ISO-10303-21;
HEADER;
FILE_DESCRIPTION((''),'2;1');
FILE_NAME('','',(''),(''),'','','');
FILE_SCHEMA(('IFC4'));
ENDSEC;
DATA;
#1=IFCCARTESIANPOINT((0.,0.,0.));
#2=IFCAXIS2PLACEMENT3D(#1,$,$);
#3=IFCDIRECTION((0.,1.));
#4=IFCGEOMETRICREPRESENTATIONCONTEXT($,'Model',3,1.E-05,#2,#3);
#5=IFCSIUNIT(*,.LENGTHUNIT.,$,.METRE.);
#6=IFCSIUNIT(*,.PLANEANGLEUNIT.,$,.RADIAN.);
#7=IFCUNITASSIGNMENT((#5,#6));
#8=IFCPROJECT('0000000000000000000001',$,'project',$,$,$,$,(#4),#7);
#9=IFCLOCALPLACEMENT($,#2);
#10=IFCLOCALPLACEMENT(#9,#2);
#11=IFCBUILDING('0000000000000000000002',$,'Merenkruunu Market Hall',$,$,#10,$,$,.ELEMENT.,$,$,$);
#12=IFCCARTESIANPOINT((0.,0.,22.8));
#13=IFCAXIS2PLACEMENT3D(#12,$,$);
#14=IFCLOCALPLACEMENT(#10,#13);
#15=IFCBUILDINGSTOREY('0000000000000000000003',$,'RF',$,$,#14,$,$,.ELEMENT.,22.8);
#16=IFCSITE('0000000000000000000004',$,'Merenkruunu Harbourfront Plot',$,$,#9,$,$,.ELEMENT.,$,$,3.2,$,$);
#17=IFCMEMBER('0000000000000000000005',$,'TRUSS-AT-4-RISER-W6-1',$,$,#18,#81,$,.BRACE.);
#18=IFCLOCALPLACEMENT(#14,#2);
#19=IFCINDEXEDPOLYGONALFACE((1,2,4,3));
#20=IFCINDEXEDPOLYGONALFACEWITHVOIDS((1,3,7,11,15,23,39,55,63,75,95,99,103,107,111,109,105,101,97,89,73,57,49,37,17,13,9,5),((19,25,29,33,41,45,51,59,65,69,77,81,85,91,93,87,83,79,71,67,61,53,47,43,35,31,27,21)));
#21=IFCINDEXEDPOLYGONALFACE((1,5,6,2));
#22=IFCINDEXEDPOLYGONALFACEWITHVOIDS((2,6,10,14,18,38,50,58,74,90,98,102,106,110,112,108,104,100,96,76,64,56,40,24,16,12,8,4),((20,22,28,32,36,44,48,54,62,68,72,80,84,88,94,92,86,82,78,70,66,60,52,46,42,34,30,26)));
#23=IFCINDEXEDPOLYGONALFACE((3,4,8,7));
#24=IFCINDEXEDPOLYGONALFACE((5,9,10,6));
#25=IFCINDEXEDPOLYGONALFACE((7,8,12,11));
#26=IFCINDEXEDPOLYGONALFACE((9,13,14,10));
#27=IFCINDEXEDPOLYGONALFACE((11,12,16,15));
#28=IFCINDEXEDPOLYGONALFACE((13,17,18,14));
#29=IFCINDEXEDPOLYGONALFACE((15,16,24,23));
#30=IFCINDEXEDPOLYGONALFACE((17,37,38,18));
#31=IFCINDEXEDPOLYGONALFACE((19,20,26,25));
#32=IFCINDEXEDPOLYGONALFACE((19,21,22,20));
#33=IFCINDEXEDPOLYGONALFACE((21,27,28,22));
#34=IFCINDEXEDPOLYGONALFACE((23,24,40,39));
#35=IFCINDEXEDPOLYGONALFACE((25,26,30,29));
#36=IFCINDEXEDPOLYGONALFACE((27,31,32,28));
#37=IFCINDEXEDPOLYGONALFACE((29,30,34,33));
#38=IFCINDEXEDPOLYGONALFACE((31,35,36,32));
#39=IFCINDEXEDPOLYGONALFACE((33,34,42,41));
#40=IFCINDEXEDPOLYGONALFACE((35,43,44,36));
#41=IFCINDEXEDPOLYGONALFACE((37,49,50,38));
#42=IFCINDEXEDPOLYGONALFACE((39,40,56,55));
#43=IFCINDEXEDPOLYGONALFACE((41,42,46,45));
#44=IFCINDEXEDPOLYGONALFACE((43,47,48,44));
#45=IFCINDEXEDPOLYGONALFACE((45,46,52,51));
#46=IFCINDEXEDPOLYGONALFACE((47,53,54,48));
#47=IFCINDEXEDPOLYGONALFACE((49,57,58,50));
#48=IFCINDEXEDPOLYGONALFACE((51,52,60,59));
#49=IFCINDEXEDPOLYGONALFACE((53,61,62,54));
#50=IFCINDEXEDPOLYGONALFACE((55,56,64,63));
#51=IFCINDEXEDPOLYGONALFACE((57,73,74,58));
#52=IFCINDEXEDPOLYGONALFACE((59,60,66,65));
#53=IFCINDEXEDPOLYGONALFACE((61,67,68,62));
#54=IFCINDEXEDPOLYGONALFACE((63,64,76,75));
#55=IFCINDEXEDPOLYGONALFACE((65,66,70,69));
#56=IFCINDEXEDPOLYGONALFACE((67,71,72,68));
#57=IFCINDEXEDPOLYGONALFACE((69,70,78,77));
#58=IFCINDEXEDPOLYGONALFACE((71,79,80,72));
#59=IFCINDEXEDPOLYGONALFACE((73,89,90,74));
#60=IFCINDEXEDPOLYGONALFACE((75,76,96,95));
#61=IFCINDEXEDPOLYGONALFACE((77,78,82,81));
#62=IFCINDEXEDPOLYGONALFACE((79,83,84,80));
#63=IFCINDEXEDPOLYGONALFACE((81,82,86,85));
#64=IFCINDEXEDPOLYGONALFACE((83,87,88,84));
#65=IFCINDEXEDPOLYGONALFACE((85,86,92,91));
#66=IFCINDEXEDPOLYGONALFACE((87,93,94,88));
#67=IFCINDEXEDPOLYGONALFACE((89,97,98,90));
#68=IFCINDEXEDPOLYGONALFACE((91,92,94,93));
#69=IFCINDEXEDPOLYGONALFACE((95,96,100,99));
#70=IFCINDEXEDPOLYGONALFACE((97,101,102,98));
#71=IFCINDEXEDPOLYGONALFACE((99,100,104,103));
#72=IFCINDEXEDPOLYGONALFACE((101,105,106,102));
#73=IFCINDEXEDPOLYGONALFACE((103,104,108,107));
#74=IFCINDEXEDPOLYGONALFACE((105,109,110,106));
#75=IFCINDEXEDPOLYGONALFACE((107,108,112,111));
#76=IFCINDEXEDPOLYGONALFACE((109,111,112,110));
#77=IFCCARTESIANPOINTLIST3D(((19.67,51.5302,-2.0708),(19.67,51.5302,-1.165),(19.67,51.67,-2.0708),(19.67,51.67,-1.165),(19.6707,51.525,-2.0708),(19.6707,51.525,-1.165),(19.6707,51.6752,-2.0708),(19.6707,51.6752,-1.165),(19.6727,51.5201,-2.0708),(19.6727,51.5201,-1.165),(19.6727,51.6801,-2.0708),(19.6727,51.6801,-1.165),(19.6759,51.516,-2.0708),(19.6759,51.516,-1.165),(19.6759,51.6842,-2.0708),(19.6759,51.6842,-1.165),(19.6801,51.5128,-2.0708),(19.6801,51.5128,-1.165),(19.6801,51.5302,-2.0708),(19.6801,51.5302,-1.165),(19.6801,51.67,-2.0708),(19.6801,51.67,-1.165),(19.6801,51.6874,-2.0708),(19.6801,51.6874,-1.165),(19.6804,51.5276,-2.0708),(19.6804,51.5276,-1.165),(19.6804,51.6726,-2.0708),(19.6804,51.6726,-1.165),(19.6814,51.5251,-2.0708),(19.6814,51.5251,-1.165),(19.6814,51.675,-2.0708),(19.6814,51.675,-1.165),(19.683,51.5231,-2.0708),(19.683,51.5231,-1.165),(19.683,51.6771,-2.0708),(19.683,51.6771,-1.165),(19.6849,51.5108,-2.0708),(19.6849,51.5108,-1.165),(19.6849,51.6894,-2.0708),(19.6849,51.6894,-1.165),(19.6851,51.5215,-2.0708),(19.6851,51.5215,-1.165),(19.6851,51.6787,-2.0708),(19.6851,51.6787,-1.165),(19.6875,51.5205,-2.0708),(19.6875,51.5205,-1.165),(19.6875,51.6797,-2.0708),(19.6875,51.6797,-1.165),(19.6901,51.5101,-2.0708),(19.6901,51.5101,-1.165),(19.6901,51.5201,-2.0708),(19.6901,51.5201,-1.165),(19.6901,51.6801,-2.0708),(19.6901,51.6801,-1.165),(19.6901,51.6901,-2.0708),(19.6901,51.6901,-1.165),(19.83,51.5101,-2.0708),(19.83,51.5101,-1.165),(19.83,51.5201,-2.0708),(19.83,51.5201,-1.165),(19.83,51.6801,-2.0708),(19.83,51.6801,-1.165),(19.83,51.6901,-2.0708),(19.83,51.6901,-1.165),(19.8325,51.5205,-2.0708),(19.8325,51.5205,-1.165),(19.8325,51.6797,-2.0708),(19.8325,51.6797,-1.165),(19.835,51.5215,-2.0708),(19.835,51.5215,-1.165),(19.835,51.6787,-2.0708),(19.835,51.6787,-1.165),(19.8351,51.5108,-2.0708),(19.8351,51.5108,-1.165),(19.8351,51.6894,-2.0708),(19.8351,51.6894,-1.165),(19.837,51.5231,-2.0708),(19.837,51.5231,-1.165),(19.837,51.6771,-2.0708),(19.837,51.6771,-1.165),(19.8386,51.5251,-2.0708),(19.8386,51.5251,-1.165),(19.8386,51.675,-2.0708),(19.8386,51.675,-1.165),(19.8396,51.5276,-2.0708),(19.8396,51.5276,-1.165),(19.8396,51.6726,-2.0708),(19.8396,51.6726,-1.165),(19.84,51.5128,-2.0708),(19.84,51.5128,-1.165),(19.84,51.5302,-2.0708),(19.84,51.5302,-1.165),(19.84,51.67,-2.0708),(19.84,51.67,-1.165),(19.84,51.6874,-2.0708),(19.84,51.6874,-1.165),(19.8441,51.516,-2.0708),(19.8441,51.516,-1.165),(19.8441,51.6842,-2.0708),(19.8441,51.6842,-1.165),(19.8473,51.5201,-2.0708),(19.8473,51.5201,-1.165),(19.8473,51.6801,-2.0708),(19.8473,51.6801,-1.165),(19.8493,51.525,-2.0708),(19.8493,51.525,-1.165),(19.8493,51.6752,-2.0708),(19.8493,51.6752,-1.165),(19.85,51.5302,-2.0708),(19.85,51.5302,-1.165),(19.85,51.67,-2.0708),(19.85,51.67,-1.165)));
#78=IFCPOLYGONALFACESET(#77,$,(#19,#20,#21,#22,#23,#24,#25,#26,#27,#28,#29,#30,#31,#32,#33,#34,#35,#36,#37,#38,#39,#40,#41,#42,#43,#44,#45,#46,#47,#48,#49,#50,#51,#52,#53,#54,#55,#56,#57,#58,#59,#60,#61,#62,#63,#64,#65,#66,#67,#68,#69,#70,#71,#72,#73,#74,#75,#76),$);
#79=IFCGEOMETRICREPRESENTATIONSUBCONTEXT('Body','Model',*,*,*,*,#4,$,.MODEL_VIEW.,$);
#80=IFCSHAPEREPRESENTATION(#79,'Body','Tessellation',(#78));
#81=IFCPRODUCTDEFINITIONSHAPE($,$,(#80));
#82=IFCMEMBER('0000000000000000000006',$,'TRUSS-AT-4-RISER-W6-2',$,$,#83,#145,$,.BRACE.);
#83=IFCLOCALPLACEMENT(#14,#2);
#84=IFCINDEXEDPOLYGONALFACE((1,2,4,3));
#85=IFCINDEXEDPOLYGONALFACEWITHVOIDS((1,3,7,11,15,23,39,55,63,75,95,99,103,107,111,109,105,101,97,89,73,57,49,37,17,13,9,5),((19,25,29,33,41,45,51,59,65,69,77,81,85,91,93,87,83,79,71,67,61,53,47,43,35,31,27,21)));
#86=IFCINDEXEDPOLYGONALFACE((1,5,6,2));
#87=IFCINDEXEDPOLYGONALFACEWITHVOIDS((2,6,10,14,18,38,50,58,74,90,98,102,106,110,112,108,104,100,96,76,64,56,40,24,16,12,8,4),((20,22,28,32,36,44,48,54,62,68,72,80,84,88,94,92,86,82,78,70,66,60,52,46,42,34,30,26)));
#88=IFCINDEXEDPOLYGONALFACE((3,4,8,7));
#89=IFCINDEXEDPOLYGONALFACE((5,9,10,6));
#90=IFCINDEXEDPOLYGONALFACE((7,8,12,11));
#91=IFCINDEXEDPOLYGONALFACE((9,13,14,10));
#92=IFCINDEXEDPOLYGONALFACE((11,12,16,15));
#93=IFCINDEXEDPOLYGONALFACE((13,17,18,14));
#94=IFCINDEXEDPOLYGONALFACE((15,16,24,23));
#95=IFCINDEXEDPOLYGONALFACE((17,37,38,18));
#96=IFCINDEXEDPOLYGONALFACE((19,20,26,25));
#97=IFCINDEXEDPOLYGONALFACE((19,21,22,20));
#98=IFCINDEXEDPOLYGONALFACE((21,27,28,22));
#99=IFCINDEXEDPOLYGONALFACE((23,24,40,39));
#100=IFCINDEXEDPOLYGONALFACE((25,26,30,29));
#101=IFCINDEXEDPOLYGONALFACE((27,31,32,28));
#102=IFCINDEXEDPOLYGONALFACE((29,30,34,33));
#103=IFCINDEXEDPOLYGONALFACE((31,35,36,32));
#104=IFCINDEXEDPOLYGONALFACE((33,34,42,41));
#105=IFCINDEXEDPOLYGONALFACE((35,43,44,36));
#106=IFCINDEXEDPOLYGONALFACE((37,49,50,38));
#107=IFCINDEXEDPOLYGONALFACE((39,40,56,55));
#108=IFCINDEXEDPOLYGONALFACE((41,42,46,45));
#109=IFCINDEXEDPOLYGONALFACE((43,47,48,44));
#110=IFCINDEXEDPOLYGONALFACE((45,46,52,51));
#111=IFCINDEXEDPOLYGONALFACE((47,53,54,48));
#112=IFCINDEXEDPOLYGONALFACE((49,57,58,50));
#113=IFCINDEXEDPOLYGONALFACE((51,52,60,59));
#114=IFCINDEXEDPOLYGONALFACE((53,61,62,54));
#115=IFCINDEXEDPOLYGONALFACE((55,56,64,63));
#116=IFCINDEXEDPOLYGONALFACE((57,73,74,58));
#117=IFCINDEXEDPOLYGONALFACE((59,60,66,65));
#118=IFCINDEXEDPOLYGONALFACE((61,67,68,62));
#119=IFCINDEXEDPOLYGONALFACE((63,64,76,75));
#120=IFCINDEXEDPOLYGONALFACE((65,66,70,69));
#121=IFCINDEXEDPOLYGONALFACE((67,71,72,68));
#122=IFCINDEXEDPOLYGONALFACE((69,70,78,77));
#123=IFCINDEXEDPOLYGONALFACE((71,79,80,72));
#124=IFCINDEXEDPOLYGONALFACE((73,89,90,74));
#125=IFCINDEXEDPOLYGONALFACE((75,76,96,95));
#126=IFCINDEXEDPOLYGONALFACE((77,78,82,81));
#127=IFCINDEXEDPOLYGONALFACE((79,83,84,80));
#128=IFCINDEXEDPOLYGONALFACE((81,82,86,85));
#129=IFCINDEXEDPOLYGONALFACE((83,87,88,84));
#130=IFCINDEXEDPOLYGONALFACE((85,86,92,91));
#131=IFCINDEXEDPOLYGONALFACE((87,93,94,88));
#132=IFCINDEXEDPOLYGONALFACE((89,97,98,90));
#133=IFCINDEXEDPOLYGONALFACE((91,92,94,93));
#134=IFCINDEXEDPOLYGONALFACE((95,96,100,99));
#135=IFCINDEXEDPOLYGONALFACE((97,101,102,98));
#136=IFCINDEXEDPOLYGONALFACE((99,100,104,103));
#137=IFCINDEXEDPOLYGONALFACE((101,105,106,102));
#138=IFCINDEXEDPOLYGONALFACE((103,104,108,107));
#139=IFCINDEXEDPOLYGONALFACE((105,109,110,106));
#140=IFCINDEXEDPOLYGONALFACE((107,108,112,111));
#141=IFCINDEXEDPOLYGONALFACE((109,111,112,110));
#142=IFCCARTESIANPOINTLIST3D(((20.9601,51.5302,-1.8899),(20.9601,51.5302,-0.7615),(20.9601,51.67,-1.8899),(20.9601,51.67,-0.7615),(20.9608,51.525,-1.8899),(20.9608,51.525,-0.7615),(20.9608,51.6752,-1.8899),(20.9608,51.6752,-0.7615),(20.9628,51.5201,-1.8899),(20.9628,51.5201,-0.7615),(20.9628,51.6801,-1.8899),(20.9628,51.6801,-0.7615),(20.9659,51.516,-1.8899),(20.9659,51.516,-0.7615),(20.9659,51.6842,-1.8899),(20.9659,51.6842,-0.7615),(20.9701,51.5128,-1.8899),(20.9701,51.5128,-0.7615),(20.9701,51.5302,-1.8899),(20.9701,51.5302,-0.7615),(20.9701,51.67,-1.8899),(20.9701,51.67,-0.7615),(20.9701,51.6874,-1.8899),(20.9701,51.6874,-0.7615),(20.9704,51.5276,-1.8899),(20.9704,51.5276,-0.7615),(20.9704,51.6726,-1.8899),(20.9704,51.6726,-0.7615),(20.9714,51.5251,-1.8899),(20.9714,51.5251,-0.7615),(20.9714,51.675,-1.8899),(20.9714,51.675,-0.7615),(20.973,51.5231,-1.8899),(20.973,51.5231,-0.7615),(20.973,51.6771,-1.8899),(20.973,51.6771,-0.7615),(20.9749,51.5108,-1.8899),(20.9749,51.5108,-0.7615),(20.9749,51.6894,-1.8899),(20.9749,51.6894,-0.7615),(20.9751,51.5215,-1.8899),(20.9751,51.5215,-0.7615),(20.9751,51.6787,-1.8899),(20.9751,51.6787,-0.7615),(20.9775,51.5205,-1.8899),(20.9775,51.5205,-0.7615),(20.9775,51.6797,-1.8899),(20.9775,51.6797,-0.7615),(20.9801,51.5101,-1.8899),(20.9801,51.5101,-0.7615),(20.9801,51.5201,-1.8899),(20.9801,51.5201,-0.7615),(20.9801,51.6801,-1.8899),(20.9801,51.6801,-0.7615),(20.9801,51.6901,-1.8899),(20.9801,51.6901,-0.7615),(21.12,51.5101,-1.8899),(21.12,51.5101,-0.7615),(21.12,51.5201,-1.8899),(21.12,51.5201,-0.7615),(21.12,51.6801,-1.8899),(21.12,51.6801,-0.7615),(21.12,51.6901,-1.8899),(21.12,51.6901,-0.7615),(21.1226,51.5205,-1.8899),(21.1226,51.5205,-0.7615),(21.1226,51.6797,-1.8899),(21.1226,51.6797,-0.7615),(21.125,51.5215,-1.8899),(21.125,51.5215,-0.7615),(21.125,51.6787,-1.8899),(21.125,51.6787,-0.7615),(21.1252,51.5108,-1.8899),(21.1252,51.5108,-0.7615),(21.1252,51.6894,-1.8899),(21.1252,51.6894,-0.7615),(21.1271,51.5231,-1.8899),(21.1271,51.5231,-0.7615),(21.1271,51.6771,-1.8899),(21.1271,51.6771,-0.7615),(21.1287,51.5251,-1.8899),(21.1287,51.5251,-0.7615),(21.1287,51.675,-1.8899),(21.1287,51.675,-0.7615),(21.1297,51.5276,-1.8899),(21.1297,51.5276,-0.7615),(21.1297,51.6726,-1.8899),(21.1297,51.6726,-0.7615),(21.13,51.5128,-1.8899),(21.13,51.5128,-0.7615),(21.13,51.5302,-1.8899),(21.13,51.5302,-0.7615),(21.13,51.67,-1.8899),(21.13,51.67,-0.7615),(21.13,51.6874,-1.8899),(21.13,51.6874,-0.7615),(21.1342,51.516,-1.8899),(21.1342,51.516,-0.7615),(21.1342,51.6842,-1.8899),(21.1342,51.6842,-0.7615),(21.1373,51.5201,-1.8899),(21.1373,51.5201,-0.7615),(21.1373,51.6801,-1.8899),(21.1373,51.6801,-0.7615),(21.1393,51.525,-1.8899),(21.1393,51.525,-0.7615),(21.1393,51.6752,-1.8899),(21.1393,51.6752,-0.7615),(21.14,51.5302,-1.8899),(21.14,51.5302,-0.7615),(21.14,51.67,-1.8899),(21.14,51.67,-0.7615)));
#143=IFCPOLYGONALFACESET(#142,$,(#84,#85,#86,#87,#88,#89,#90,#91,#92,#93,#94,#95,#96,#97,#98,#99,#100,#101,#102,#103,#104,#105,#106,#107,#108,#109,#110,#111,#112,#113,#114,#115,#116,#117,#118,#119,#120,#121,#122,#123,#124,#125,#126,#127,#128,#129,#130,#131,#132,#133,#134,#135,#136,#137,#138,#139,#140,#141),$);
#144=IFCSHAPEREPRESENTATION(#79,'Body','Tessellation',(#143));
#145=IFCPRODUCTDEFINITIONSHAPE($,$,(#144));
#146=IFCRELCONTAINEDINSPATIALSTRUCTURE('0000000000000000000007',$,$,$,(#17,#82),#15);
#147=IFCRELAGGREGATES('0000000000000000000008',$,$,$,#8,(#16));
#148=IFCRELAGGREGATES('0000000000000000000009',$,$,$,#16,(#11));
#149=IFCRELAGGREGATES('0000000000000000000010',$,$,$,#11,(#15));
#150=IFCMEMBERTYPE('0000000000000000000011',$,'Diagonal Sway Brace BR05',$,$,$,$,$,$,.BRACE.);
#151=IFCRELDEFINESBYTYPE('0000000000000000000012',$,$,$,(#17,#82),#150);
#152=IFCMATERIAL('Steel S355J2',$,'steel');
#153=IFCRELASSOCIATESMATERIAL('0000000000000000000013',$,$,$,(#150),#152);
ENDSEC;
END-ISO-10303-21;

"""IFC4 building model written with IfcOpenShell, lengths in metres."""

from ifc_helpers import new_model, si_unit, direction, frame, origin, origin_2d, place, context, subcontext, project, spatial, hollow_rectangle, extrude, material, material_profile, profile_set, type_object, element, save


model = new_model("IFC4")

# Units and contexts
model_context = context("Model", 3, precision=1e-05, world=origin(), true_north=direction((0.0, 1.0)))
body_context = subcontext(model_context, "Body", "Model", "MODEL_VIEW")
ifc_project = project(units=[si_unit("LENGTHUNIT", "METRE"), si_unit("PLANEANGLEUNIT", "RADIAN")], contexts=[model_context])

# Site, building, storey
site_placement = place(None, origin())
site = spatial("IfcSite", under=ifc_project, at=site_placement, Name="Merenkruunu Harbourfront Plot", CompositionType="ELEMENT", RefElevation=3.2)
building_placement = place(site_placement, origin())
building = spatial("IfcBuilding", under=site, at=building_placement, Name="Merenkruunu Market Hall", CompositionType="ELEMENT")
storey_placement = place(building_placement, frame((0.0, 0.0, 22.8)))
storey = spatial("IfcBuildingStorey", under=building, at=storey_placement, Name="RF", CompositionType="ELEMENT", Elevation=22.8)

# Members
ifc_material_1 = material(Name="Steel S355J2", Category="steel")
ifc_material_profile_1 = material_profile(ifc_material_1, hollow_rectangle(XDim=0.1799, YDim=0.1799, WallThickness=0.01, InnerFilletRadius=0.01, OuterFilletRadius=0.02, at=origin_2d()), Name="SHS 180x180x10")
ifc_profile_set_1 = profile_set([ifc_material_profile_1], Name="Steel S355J2")
member_type_1 = type_object("IfcMemberType", Name="Diagonal Sway Brace BR05", PredefinedType="BRACE", material=ifc_profile_set_1)
member_1_placement = place(storey_placement, frame((19.76, 51.6001, -2.0708), z_axis=(0.0, 0.0, 1.0), x_axis=(1.0, 0.0, 0.0)))
element("IfcMember", 1, at=member_1_placement, inside=storey, type_object=member_type_1, Name="TRUSS-AT-4-RISER-W6-1", PredefinedType="BRACE", context=body_context, shape_type="SweptSolid", body=[
    extrude(hollow_rectangle(XDim=0.1799, YDim=0.1799, WallThickness=0.01, InnerFilletRadius=0.01, OuterFilletRadius=0.02, at=origin_2d()), origin(), (0.0, 0.0, 1.0), 0.9058),
])
member_2_placement = place(storey_placement, frame((21.05, 51.6001, -1.8899), z_axis=(0.0, 0.0, 1.0), x_axis=(1.0, 0.0, 0.0)))
element("IfcMember", 2, at=member_2_placement, inside=storey, type_object=member_type_1, Name="TRUSS-AT-4-RISER-W6-2", PredefinedType="BRACE", context=body_context, shape_type="SweptSolid", body=[
    extrude(hollow_rectangle(XDim=0.1799, YDim=0.1799, WallThickness=0.01, InnerFilletRadius=0.01, OuterFilletRadius=0.02, at=origin_2d()), origin(), (0.0, 0.0, 1.0), 1.1284),
])

save(model, "model.ifc")
